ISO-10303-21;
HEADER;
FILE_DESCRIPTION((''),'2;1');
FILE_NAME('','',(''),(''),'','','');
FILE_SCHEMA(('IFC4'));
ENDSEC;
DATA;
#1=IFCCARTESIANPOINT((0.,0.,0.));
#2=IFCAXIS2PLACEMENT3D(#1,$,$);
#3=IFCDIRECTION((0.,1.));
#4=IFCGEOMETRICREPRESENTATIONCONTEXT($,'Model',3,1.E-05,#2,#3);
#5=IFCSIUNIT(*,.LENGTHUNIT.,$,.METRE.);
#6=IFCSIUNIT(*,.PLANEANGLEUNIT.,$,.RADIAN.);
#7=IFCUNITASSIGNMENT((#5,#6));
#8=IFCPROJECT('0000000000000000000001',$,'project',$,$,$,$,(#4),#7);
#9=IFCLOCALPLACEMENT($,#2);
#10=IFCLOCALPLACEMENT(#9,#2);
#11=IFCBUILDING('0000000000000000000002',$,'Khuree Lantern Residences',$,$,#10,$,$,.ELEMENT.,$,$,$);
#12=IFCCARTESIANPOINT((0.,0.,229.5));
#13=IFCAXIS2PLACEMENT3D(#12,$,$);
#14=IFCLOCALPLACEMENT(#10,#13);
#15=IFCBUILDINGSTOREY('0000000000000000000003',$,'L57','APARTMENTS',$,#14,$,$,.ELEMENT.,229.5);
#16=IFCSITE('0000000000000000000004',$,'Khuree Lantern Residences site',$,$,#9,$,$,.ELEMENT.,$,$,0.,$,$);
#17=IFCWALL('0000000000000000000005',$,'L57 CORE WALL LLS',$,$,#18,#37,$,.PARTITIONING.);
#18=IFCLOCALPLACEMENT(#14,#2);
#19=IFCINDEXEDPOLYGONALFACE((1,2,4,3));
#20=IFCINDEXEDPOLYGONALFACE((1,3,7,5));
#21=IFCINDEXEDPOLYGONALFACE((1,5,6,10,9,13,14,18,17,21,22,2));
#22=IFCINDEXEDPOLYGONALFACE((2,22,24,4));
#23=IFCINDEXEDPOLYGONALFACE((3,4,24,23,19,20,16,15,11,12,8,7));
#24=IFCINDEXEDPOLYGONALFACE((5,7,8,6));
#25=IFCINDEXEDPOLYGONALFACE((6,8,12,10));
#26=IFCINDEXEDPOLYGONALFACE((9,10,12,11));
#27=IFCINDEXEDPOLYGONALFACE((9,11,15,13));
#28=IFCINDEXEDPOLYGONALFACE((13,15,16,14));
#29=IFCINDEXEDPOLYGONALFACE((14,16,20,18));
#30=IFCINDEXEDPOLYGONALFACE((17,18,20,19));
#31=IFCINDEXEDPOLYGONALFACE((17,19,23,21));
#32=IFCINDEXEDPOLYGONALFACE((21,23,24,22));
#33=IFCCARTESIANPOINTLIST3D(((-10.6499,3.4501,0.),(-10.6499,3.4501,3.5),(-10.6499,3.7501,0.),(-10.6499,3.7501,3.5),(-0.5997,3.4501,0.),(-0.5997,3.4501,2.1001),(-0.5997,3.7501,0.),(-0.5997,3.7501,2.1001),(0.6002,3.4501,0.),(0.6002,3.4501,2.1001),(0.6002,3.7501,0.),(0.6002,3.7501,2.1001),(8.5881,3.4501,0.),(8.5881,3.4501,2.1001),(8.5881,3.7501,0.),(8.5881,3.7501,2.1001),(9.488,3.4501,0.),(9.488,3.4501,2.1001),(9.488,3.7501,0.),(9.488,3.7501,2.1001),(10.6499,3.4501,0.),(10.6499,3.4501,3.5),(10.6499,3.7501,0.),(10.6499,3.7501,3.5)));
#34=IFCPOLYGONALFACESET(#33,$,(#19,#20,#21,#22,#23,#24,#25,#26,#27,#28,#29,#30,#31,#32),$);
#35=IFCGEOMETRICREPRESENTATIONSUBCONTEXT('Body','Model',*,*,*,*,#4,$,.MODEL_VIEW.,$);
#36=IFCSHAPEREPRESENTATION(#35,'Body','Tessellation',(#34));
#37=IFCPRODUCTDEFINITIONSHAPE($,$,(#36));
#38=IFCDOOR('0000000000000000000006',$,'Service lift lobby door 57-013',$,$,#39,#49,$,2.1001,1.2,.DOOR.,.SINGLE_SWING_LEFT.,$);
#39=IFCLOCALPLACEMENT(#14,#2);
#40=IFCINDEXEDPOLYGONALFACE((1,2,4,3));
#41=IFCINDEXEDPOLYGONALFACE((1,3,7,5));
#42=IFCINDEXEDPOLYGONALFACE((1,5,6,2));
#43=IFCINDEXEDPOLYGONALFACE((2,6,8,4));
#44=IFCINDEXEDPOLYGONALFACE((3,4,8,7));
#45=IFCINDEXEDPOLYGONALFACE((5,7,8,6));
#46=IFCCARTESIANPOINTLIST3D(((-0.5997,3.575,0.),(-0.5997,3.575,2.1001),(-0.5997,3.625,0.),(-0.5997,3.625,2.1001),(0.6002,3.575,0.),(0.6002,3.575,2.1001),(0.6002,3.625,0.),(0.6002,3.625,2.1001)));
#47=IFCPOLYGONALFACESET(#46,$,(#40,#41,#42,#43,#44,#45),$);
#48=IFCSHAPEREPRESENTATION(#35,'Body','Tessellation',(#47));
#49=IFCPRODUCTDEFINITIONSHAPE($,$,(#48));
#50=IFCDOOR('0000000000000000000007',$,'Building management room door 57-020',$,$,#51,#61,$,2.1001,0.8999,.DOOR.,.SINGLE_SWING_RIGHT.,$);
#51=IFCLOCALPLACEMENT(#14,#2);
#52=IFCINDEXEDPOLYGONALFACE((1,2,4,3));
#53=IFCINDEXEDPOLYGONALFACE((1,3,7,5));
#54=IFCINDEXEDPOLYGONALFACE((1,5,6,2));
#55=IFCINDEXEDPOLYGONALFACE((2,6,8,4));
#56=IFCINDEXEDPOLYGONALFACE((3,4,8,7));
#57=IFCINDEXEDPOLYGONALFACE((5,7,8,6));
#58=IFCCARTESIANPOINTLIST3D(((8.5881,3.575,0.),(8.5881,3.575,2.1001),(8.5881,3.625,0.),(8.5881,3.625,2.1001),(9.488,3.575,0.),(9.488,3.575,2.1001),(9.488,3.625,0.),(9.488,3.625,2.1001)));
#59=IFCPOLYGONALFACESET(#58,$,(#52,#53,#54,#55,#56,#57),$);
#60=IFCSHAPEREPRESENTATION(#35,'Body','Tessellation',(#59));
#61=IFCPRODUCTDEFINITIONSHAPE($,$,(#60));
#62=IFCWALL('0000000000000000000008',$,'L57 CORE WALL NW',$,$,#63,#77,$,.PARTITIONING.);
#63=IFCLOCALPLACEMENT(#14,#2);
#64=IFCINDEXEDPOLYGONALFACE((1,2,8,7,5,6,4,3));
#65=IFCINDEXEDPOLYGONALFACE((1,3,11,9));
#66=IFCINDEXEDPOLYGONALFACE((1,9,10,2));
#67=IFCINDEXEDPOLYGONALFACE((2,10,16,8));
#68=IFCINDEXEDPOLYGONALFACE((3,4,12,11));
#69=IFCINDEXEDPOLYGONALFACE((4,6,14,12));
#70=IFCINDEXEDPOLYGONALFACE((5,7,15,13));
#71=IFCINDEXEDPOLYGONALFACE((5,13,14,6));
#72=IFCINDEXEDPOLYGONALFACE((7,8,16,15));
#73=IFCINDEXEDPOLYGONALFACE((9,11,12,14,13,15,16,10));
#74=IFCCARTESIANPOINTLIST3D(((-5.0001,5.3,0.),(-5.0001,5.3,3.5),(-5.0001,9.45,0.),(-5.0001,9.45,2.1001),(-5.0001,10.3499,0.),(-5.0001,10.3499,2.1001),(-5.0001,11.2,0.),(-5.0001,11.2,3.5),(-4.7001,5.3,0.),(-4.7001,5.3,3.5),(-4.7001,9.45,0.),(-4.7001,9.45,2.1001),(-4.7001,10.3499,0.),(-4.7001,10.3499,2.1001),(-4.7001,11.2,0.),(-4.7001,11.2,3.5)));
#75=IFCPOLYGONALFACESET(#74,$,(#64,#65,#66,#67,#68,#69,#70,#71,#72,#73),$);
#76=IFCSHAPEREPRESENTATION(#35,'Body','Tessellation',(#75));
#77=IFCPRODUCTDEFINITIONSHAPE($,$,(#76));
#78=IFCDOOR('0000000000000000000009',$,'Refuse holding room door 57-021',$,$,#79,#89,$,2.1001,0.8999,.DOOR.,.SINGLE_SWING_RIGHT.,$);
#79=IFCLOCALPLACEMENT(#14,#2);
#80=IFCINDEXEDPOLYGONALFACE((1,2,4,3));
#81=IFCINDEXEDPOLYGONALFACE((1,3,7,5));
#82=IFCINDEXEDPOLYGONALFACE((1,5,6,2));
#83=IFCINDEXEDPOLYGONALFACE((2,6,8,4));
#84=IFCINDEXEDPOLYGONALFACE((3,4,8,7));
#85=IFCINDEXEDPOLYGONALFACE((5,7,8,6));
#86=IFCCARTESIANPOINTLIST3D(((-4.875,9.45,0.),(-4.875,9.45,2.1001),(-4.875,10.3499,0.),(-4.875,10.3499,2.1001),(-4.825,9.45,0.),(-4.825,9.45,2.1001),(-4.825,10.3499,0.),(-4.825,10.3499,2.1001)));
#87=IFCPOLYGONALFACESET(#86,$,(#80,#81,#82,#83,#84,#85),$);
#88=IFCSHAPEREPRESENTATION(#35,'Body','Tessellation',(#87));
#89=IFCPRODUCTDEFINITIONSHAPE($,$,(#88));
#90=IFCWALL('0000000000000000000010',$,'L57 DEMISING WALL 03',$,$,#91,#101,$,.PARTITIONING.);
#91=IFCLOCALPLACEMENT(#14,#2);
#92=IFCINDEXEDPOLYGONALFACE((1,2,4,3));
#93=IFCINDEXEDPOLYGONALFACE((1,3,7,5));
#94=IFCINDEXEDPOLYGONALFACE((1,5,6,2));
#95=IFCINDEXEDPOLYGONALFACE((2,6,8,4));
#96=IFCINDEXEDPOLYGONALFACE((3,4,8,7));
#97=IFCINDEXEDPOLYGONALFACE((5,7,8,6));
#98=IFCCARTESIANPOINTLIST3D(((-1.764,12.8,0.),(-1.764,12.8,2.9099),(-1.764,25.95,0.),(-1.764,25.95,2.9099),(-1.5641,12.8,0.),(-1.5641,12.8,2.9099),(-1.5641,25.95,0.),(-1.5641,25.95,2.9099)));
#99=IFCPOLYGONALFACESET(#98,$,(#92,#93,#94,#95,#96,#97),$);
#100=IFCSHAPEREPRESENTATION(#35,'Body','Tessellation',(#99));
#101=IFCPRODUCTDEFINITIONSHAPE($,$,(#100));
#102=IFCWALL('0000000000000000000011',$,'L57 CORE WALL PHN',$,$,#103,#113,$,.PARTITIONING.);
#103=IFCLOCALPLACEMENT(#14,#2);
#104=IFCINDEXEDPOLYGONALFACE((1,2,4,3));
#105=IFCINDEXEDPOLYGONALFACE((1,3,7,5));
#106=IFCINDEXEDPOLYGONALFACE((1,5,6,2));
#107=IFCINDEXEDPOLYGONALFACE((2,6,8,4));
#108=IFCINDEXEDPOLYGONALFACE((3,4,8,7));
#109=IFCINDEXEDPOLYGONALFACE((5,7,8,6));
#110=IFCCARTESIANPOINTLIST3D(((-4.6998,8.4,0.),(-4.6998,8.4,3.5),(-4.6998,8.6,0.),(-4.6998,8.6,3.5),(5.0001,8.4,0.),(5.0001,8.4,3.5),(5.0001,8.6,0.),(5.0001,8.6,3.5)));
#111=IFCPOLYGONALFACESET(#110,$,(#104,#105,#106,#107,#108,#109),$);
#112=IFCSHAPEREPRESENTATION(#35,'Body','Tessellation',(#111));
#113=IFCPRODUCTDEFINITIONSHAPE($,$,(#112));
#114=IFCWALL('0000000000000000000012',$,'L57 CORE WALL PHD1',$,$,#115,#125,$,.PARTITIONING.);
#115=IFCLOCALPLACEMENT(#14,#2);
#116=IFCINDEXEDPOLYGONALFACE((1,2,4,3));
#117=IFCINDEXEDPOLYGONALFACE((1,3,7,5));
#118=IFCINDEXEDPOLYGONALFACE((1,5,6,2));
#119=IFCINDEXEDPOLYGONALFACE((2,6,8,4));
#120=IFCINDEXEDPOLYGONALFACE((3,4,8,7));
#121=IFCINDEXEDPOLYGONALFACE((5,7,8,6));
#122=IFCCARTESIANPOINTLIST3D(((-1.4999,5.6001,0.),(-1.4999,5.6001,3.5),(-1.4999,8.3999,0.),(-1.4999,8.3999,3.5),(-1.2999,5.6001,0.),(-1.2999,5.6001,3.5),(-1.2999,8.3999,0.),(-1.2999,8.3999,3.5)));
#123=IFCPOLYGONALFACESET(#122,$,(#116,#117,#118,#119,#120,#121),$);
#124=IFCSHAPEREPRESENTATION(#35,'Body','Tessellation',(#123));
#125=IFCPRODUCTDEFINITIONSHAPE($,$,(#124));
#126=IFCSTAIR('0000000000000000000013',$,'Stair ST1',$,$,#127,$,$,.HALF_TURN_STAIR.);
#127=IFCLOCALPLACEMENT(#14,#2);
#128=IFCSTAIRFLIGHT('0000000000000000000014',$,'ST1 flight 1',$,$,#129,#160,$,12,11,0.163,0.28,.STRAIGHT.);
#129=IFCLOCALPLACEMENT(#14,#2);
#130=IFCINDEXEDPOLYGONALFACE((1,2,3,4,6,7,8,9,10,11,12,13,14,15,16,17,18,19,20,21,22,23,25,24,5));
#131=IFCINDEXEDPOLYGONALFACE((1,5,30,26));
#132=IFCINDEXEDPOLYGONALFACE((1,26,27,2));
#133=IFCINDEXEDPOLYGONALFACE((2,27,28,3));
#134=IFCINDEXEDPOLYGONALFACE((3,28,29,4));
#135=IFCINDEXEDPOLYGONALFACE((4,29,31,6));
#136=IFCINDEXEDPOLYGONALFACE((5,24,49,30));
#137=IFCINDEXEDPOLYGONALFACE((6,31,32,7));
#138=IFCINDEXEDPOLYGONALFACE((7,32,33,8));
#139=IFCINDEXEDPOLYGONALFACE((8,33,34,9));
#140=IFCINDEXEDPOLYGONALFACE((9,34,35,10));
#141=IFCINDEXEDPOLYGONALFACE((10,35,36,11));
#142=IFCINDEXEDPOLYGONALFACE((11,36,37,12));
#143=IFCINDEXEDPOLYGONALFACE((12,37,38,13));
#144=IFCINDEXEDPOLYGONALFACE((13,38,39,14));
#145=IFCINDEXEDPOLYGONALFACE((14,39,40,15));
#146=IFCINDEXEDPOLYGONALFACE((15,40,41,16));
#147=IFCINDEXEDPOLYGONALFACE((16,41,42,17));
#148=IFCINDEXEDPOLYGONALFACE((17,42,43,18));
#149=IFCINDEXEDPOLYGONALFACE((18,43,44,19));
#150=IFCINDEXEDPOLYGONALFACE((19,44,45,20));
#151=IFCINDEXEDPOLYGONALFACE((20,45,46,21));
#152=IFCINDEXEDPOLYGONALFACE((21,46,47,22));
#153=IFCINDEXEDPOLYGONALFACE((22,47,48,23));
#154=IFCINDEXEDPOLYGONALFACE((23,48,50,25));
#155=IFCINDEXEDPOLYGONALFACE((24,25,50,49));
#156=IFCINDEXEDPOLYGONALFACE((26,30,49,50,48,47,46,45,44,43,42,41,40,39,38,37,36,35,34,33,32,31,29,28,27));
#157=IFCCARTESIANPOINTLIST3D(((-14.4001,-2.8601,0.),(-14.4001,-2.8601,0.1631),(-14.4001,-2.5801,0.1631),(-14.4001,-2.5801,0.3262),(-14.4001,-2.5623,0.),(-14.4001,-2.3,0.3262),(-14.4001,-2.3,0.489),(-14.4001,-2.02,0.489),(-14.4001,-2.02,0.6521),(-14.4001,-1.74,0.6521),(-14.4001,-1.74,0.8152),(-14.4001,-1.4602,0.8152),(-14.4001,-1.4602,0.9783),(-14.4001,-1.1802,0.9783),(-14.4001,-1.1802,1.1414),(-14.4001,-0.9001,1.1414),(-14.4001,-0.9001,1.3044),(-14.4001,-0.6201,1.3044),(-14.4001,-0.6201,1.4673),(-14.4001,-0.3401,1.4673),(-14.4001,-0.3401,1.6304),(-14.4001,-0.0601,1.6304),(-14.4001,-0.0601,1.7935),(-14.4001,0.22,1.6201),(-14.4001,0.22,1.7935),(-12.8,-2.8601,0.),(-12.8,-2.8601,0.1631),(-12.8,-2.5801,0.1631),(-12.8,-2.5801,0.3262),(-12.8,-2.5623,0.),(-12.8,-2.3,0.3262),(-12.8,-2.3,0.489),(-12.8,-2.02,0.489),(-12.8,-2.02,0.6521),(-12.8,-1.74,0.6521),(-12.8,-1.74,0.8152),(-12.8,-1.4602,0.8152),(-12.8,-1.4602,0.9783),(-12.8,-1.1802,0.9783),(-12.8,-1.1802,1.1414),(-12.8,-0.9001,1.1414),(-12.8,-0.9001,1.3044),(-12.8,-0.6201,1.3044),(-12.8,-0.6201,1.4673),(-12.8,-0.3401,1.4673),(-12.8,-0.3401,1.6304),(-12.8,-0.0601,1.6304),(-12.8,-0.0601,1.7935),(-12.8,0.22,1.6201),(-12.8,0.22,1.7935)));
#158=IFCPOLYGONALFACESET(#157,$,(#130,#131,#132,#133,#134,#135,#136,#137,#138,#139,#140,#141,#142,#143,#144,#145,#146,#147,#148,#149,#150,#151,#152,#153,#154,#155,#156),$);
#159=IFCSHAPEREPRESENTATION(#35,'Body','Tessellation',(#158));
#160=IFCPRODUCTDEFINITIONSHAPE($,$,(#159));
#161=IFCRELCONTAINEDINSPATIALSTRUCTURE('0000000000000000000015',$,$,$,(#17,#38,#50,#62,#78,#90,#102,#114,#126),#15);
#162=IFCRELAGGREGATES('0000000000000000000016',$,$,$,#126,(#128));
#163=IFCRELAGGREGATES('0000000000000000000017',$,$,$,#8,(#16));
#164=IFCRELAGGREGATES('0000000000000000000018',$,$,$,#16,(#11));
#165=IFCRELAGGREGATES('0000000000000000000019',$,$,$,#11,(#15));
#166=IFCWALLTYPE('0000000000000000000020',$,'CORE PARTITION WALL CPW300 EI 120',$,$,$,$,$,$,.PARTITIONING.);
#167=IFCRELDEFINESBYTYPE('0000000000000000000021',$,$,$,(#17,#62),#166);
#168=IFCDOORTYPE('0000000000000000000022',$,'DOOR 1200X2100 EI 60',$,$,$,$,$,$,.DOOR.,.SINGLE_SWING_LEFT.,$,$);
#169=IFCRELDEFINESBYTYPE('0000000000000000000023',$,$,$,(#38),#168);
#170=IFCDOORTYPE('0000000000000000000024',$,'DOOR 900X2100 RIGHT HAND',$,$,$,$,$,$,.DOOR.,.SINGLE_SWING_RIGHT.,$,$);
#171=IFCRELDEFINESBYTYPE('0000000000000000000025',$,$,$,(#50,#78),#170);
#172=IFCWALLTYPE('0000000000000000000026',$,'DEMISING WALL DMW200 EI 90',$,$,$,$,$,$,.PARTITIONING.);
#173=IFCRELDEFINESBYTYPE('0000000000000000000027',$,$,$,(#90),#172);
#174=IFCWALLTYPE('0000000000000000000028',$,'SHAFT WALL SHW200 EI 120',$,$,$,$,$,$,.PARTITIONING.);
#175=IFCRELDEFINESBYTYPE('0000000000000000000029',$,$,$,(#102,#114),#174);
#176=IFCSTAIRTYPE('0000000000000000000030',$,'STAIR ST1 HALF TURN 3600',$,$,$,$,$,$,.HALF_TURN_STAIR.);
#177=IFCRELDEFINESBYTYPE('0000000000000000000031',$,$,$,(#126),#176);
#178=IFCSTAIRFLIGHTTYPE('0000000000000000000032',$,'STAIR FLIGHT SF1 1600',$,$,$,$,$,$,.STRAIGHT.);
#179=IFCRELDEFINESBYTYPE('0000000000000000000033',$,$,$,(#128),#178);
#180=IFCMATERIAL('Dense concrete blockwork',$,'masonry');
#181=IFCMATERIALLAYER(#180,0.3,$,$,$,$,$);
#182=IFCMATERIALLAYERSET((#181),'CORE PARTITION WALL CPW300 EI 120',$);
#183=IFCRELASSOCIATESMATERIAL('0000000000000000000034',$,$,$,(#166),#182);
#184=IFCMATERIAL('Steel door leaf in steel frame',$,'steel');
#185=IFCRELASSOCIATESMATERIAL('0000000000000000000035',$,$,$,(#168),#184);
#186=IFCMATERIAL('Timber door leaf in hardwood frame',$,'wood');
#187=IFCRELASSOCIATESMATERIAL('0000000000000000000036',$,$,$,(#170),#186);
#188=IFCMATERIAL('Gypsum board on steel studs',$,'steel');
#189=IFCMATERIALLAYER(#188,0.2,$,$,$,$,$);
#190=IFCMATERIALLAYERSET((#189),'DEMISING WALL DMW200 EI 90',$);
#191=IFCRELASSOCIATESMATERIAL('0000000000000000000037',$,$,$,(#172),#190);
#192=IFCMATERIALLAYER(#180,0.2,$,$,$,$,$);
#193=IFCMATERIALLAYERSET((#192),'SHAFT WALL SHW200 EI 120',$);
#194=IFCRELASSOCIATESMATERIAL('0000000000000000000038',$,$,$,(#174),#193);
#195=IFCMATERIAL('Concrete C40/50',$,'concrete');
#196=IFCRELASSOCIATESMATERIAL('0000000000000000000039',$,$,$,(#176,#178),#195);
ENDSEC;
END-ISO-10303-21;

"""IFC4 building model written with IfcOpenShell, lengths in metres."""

from ifc_helpers import new_model, si_unit, direction, frame, frame_2d, origin, place, context, subcontext, project, spatial, polyline, rectangle, outline, extrude, material, layer, layer_set, type_object, element, fill, aggregate, save


model = new_model("IFC4")

# Units and contexts
model_context = context("Model", 3, precision=1e-05, world=origin(), true_north=direction((0.0, 1.0)))
body_context = subcontext(model_context, "Body", "Model", "MODEL_VIEW")
ifc_project = project(units=[si_unit("LENGTHUNIT", "METRE"), si_unit("PLANEANGLEUNIT", "RADIAN")], contexts=[model_context])

# Site, building, storey
site_placement = place(None, origin())
site = spatial("IfcSite", under=ifc_project, at=site_placement, Name="Khuree Lantern Residences site", CompositionType="ELEMENT", RefElevation=0.0)
building_placement = place(site_placement, origin())
building = spatial("IfcBuilding", under=site, at=building_placement, Name="Khuree Lantern Residences", CompositionType="ELEMENT")
storey_placement = place(building_placement, frame((0.0, 0.0, 229.5)))
storey = spatial("IfcBuildingStorey", under=building, at=storey_placement, Name="L57", Description="APARTMENTS", CompositionType="ELEMENT", Elevation=229.5)

# Shared definitions
ifc_material_1 = material(Name="Dense concrete blockwork", Category="masonry")
ifc_layer_1 = layer(ifc_material_1, 0.3)
ifc_layer_set_1 = layer_set([ifc_layer_1], Name="CORE PARTITION WALL CPW300 EI 120")
wall_type_1 = type_object("IfcWallType", Name="CORE PARTITION WALL CPW300 EI 120", PredefinedType="PARTITIONING", material=ifc_layer_set_1)

# Wall, openings, doors
wall_1_placement = place(storey_placement, frame((-10.6499, 3.6001, 0.0), z_axis=(0.0, 0.0, 1.0), x_axis=(1.0, 0.0, 0.0)))
wall_1 = element("IfcWall", 1, at=wall_1_placement, inside=storey, type_object=wall_type_1, Name="L57 CORE WALL LLS", PredefinedType="PARTITIONING", context=body_context, shape_type="SweptSolid", body=[
    extrude(rectangle(XDim=21.2998, YDim=0.3, at=frame_2d((10.6499, 0.0))), origin(), (0.0, 0.0, 1.0), 3.5),
])
opening_1_placement = place(wall_1_placement, frame((10.05, 0.0, 0.0)))
opening_1 = element("IfcOpeningElement", 2, at=opening_1_placement, cuts=wall_1, PredefinedType="OPENING", context=body_context, shape_type="SweptSolid", body=[
    extrude(rectangle(XDim=1.2, YDim=2.1001, at=frame_2d((0.6001, 1.05))), frame((0.0, 0.1602, 0.0), z_axis=(0.0, -1.0, 0.0), x_axis=(1.0, 0.0, 0.0)), (0.0, 0.0, 1.0), 0.3201),
])
opening_2_placement = place(wall_1_placement, frame((19.238, 0.0, 0.0)))
opening_2 = element("IfcOpeningElement", 3, at=opening_2_placement, cuts=wall_1, PredefinedType="OPENING", context=body_context, shape_type="SweptSolid", body=[
    extrude(rectangle(XDim=0.8999, YDim=2.1001, at=frame_2d((0.45, 1.05))), frame((0.0, 0.1602, 0.0), z_axis=(0.0, -1.0, 0.0), x_axis=(1.0, 0.0, 0.0)), (0.0, 0.0, 1.0), 0.3201),
])
ifc_material_2 = material(Name="Steel door leaf in steel frame", Category="steel")
door_type_1 = type_object("IfcDoorType", Name="DOOR 1200X2100 EI 60", OperationType="SINGLE_SWING_LEFT", PredefinedType="DOOR", material=ifc_material_2)
door_1_placement = place(opening_1_placement, origin())
door_1 = element("IfcDoor", 4, at=door_1_placement, inside=storey, type_object=door_type_1, Name="Service lift lobby door 57-013", OperationType="SINGLE_SWING_LEFT", OverallHeight=2.1001, OverallWidth=1.2, PredefinedType="DOOR", context=body_context, shape_type="SweptSolid", body=[
    extrude(rectangle(XDim=1.2, YDim=2.1001, at=frame_2d((0.6001, 1.05))), frame((0.0, 0.0249, 0.0), z_axis=(0.0, -1.0, 0.0), x_axis=(1.0, 0.0, 0.0)), (0.0, 0.0, 1.0), 0.05),
])
fill(opening_1, door_1)
ifc_material_3 = material(Name="Timber door leaf in hardwood frame", Category="wood")
door_type_2 = type_object("IfcDoorType", Name="DOOR 900X2100 RIGHT HAND", OperationType="SINGLE_SWING_RIGHT", PredefinedType="DOOR", material=ifc_material_3)
door_2_placement = place(opening_2_placement, origin())
door_2 = element("IfcDoor", 5, at=door_2_placement, inside=storey, type_object=door_type_2, Name="Building management room door 57-020", OperationType="SINGLE_SWING_RIGHT", OverallHeight=2.1001, OverallWidth=0.8999, PredefinedType="DOOR", context=body_context, shape_type="SweptSolid", body=[
    extrude(rectangle(XDim=0.8999, YDim=2.1001, at=frame_2d((0.45, 1.05))), frame((0.0, 0.0249, 0.0), z_axis=(0.0, -1.0, 0.0), x_axis=(1.0, 0.0, 0.0)), (0.0, 0.0, 1.0), 0.05),
])
fill(opening_2, door_2)

# Wall, opening, door
wall_2_placement = place(storey_placement, frame((-4.8501, 5.3, 0.0), z_axis=(0.0, 0.0, 1.0), x_axis=(0.0, 1.0, 0.0)))
wall_2 = element("IfcWall", 6, at=wall_2_placement, inside=storey, type_object=wall_type_1, Name="L57 CORE WALL NW", PredefinedType="PARTITIONING", context=body_context, shape_type="SweptSolid", body=[
    extrude(rectangle(XDim=5.8999, YDim=0.3, at=frame_2d((2.95, 0.0))), origin(), (0.0, 0.0, 1.0), 3.5),
])
opening_3_placement = place(wall_2_placement, frame((4.1499, 0.0, 0.0)))
opening_3 = element("IfcOpeningElement", 7, at=opening_3_placement, cuts=wall_2, PredefinedType="OPENING", context=body_context, shape_type="SweptSolid", body=[
    extrude(rectangle(XDim=0.8999, YDim=2.1001, at=frame_2d((0.45, 1.05))), frame((0.0, 0.1602, 0.0), z_axis=(0.0, -1.0, 0.0), x_axis=(1.0, 0.0, 0.0)), (0.0, 0.0, 1.0), 0.3201),
])
door_3_placement = place(opening_3_placement, origin())
door_3 = element("IfcDoor", 8, at=door_3_placement, inside=storey, type_object=door_type_2, Name="Refuse holding room door 57-021", OperationType="SINGLE_SWING_RIGHT", OverallHeight=2.1001, OverallWidth=0.8999, PredefinedType="DOOR", context=body_context, shape_type="SweptSolid", body=[
    extrude(rectangle(XDim=0.8999, YDim=2.1001, at=frame_2d((0.45, 1.05))), frame((0.0, 0.0249, 0.0), z_axis=(0.0, -1.0, 0.0), x_axis=(1.0, 0.0, 0.0)), (0.0, 0.0, 1.0), 0.05),
])
fill(opening_3, door_3)

# Walls
ifc_material_4 = material(Name="Gypsum board on steel studs", Category="steel")
ifc_layer_2 = layer(ifc_material_4, 0.2)
ifc_layer_set_2 = layer_set([ifc_layer_2], Name="DEMISING WALL DMW200 EI 90")
wall_type_2 = type_object("IfcWallType", Name="DEMISING WALL DMW200 EI 90", PredefinedType="PARTITIONING", material=ifc_layer_set_2)
wall_3_placement = place(storey_placement, frame((-1.6641, 12.8, 0.0), z_axis=(0.0, 0.0, 1.0), x_axis=(0.0, 1.0, 0.0)))
element("IfcWall", 9, at=wall_3_placement, inside=storey, type_object=wall_type_2, Name="L57 DEMISING WALL 03", PredefinedType="PARTITIONING", context=body_context, shape_type="SweptSolid", body=[
    extrude(rectangle(XDim=13.1499, YDim=0.2, at=frame_2d((6.575, 0.0))), origin(), (0.0, 0.0, 1.0), 2.9099),
])
ifc_layer_3 = layer(ifc_material_1, 0.2)
ifc_layer_set_3 = layer_set([ifc_layer_3], Name="SHAFT WALL SHW200 EI 120")
wall_type_3 = type_object("IfcWallType", Name="SHAFT WALL SHW200 EI 120", PredefinedType="PARTITIONING", material=ifc_layer_set_3)
wall_4_placement = place(storey_placement, frame((-4.7, 8.5, 0.0), z_axis=(0.0, 0.0, 1.0), x_axis=(1.0, 0.0, 0.0)))
element("IfcWall", 10, at=wall_4_placement, inside=storey, type_object=wall_type_3, Name="L57 CORE WALL PHN", PredefinedType="PARTITIONING", context=body_context, shape_type="SweptSolid", body=[
    extrude(rectangle(XDim=9.7, YDim=0.2, at=frame_2d((4.8501, 0.0))), origin(), (0.0, 0.0, 1.0), 3.5),
])
wall_5_placement = place(storey_placement, frame((-1.3999, 5.6001, 0.0), z_axis=(0.0, 0.0, 1.0), x_axis=(0.0, 1.0, 0.0)))
element("IfcWall", 11, at=wall_5_placement, inside=storey, type_object=wall_type_3, Name="L57 CORE WALL PHD1", PredefinedType="PARTITIONING", context=body_context, shape_type="SweptSolid", body=[
    extrude(rectangle(XDim=2.7998, YDim=0.2, at=frame_2d((1.3999, 0.0))), origin(), (0.0, 0.0, 1.0), 3.5),
])

# Stair, stair flight
ifc_material_5 = material(Name="Concrete C40/50", Category="concrete")
stair_type = type_object("IfcStairType", Name="STAIR ST1 HALF TURN 3600", PredefinedType="HALF_TURN_STAIR", material=ifc_material_5)
stair_placement = place(storey_placement, origin())
stair = element("IfcStair", 12, at=stair_placement, inside=storey, type_object=stair_type, Name="Stair ST1", PredefinedType="HALF_TURN_STAIR")
stair_flight_type = type_object("IfcStairFlightType", Name="STAIR FLIGHT SF1 1600", PredefinedType="STRAIGHT", material=ifc_material_5)
stair_flight_1_placement = place(storey_placement, frame((-13.6001, -2.8601, 0.0), z_axis=(0.0, 0.0, 1.0), x_axis=(0.0, 1.0, 0.0)))
stair_flight_1 = element("IfcStairFlight", 13, at=stair_flight_1_placement, type_object=stair_flight_type, Name="ST1 flight 1", NumberOfRisers=12, NumberOfTreads=11, PredefinedType="STRAIGHT", RiserHeight=0.163, TreadLength=0.28, context=body_context, shape_type="SweptSolid", body=[
    extrude(outline(polyline([(0.0, 0.0), (0.0, 0.1631), (0.28, 0.1631), (0.28, 0.3262), (0.5601, 0.3262), (0.5601, 0.489), (0.8401, 0.489), (0.8401, 0.6521), (1.1201, 0.6521), (1.1201, 0.8152), (1.3999, 0.8152), (1.3999, 0.9783), (1.6799, 0.9783), (1.6799, 1.1414), (1.96, 1.1414), (1.96, 1.3044), (2.24, 1.3044), (2.24, 1.4673), (2.52, 1.4673), (2.52, 1.6304), (2.8, 1.6304), (2.8, 1.7935), (3.0801, 1.7935), (3.0801, 1.9565), (3.0801, 1.6201), (0.2979, 0.0), (0.0, 0.0)])), frame((0.0, 0.8, 0.0), z_axis=(0.0, -1.0, 0.0), x_axis=(1.0, 0.0, 0.0)), (0.0, 0.0, 1.0), 1.6001),
])
aggregate(stair, [stair_flight_1])

save(model, "model.ifc")
